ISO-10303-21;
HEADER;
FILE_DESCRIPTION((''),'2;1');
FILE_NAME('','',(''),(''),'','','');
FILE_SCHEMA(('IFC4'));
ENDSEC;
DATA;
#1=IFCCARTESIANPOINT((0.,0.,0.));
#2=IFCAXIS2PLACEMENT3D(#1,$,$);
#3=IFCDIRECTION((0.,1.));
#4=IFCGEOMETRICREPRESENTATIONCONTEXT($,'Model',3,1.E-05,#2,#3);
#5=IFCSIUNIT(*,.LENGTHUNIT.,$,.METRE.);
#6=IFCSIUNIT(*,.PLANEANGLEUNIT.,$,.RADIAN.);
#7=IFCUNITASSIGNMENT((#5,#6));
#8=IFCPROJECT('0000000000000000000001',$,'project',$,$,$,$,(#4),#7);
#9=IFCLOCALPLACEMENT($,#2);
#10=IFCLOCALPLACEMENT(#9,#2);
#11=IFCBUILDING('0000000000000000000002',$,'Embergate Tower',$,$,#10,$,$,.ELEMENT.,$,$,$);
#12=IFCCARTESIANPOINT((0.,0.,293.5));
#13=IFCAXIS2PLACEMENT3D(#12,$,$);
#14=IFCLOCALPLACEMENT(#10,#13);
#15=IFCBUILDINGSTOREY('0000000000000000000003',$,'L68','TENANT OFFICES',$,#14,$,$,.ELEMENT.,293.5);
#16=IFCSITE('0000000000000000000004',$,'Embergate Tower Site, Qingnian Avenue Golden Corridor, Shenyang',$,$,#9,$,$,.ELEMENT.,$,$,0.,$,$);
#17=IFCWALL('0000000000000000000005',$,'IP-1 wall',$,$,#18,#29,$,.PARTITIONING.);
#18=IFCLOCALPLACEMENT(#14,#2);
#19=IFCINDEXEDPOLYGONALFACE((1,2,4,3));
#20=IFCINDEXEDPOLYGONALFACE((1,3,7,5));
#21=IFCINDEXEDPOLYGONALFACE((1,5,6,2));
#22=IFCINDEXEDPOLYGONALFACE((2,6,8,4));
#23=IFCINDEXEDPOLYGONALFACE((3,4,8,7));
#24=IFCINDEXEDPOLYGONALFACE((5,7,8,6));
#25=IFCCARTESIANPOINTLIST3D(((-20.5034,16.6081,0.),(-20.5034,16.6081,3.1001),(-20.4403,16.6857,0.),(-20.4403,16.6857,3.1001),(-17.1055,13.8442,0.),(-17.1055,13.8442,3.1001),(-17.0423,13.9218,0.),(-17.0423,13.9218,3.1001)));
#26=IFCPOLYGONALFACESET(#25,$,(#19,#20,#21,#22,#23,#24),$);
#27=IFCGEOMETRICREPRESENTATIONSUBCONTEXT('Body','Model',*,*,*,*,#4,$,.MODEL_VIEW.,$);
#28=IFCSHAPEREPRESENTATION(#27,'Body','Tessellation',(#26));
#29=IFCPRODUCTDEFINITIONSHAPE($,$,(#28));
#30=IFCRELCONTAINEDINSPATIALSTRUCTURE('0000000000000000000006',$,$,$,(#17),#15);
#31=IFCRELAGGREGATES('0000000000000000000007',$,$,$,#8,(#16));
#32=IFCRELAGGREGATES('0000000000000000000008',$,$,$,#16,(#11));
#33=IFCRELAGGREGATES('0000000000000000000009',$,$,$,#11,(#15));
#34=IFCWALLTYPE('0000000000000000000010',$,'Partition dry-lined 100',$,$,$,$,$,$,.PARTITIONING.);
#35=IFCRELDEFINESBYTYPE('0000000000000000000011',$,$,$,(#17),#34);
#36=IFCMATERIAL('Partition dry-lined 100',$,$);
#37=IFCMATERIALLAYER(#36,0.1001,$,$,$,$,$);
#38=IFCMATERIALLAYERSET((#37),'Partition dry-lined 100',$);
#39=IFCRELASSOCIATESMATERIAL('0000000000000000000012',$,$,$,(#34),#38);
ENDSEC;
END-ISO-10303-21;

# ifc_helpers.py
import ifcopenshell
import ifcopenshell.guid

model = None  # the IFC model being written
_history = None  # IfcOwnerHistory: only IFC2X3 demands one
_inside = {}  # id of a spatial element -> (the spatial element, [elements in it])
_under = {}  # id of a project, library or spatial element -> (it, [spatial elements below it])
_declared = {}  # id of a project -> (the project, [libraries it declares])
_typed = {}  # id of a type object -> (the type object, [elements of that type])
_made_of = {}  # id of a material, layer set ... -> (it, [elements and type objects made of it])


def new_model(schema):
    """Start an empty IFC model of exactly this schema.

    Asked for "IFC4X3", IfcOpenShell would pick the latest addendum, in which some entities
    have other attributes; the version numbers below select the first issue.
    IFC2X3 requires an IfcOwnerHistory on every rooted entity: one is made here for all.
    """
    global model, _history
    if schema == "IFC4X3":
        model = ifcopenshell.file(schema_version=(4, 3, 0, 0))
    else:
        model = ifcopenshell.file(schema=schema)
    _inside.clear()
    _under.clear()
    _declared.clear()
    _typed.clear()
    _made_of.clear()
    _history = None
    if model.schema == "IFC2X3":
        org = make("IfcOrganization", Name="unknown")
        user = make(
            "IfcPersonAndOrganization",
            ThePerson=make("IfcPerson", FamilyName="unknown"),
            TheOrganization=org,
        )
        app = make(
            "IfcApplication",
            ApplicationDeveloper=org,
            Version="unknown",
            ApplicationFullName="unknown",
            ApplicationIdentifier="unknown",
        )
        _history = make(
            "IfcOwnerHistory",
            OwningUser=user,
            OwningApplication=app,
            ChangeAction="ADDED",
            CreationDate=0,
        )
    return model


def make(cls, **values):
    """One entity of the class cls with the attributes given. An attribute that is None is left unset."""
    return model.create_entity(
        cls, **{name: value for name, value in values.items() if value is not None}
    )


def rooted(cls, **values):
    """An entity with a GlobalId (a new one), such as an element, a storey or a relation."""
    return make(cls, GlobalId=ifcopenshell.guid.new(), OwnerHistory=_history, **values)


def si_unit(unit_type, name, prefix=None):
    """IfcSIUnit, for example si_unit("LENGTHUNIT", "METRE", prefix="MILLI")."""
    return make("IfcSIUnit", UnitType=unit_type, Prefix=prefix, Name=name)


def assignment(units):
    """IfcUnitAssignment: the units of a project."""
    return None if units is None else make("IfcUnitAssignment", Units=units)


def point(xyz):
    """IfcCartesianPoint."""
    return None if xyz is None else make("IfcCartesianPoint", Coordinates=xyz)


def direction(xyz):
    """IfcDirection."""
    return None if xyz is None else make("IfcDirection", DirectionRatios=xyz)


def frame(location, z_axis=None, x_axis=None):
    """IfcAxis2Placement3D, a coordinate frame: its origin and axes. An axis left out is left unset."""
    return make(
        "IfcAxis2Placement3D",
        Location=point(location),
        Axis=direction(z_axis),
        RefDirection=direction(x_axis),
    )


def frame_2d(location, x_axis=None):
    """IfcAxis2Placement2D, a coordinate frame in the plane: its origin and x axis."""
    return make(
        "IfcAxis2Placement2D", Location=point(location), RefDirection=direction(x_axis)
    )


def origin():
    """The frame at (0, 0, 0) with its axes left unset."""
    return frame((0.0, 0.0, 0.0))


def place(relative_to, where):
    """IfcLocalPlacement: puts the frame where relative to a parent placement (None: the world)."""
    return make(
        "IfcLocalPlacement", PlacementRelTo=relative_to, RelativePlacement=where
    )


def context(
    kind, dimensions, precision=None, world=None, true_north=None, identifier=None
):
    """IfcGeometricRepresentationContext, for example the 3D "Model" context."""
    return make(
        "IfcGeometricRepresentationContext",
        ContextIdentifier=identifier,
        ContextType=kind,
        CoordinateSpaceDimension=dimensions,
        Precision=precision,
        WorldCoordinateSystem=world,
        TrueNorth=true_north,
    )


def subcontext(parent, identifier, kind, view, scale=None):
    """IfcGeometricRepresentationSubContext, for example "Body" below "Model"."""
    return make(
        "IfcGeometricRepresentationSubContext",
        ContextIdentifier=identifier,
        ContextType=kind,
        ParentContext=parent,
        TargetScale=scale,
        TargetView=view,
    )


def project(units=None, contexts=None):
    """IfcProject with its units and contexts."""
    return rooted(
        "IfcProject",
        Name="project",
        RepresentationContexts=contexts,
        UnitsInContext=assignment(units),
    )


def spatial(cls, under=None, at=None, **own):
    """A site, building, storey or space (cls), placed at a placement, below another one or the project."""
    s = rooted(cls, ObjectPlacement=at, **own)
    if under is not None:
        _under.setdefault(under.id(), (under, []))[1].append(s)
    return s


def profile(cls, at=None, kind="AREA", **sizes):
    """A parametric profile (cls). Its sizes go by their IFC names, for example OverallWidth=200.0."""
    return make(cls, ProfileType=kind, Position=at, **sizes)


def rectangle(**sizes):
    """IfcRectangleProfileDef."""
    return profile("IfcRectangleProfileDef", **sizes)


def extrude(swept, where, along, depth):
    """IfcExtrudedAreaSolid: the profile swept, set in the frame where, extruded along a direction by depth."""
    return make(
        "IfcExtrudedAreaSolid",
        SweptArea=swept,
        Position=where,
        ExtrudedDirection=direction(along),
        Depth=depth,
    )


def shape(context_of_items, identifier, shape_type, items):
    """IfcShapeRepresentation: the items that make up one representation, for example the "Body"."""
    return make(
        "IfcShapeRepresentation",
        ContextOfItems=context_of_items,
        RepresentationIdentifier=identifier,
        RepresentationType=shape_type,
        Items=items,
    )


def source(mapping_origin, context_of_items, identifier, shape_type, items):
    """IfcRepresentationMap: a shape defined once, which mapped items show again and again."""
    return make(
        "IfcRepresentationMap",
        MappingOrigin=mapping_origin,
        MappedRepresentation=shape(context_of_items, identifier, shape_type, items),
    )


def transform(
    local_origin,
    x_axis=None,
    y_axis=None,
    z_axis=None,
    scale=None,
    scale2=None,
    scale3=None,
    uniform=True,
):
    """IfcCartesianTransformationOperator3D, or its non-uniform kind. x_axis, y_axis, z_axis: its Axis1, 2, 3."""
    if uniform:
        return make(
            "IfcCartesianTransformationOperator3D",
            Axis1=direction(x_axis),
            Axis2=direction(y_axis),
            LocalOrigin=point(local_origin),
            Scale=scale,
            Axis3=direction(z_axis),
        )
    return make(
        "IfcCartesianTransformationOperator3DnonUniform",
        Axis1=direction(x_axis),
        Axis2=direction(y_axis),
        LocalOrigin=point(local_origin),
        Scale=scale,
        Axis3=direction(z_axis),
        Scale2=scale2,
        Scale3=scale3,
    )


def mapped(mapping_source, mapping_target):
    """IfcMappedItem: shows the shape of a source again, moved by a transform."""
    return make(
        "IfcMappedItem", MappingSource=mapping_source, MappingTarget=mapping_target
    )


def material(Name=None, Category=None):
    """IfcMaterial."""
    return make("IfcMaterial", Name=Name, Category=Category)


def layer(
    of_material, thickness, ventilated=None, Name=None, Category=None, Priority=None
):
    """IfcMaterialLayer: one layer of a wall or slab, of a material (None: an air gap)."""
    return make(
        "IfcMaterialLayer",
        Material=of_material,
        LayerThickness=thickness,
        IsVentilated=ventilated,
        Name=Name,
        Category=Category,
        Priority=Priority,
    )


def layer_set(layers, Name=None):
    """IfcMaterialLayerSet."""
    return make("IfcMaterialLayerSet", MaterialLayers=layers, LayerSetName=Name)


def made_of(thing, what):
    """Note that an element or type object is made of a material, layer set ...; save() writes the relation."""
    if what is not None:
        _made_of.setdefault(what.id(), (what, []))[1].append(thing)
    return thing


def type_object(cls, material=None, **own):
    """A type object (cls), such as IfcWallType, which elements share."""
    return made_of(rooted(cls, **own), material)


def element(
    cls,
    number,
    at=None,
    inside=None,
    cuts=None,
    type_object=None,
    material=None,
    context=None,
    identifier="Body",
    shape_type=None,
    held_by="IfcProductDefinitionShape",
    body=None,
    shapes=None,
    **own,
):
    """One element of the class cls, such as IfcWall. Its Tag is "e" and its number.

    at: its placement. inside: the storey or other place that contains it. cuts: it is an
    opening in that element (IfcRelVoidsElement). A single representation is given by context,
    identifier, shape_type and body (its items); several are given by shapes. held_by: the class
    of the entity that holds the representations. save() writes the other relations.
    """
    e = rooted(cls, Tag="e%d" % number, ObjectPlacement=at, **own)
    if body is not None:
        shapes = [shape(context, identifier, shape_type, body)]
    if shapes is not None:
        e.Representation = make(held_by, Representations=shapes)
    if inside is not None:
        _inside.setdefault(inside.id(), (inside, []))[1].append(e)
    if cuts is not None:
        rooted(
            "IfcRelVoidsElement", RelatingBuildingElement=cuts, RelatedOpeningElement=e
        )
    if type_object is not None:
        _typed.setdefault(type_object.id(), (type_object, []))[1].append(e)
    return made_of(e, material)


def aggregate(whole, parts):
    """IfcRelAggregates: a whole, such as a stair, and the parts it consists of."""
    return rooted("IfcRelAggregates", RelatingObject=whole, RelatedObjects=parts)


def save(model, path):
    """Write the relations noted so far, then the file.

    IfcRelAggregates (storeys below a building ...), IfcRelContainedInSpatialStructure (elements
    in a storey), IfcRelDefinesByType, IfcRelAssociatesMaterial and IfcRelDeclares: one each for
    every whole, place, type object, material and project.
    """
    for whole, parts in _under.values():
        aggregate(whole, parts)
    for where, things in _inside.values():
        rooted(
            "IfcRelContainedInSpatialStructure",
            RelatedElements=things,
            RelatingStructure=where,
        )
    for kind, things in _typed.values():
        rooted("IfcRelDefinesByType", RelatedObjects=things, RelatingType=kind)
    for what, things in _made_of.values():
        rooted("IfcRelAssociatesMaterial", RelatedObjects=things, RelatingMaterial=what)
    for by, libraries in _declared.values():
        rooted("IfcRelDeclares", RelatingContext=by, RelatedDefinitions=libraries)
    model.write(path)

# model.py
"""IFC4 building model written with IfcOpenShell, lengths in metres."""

from ifc_helpers import new_model, si_unit, direction, frame, frame_2d, origin, place, context, subcontext, project, spatial, rectangle, extrude, source, transform, mapped, material, layer, layer_set, type_object, element, save


model = new_model("IFC4")

# Units and contexts
model_context = context("Model", 3, precision=1e-05, world=origin(), true_north=direction((0.0, 1.0)))
body_context = subcontext(model_context, "Body", "Model", "MODEL_VIEW")
ifc_project = project(units=[si_unit("LENGTHUNIT", "METRE"), si_unit("PLANEANGLEUNIT", "RADIAN")], contexts=[model_context])

# Site, building, storey
site_placement = place(None, origin())
site = spatial("IfcSite", under=ifc_project, at=site_placement, Name="Embergate Tower Site, Qingnian Avenue Golden Corridor, Shenyang", CompositionType="ELEMENT", RefElevation=0.0)
building_placement = place(site_placement, origin())
building = spatial("IfcBuilding", under=site, at=building_placement, Name="Embergate Tower", CompositionType="ELEMENT")
storey_placement = place(building_placement, frame((0.0, 0.0, 293.5)))
storey = spatial("IfcBuildingStorey", under=building, at=storey_placement, Name="L68", Description="TENANT OFFICES", CompositionType="ELEMENT", Elevation=293.5)

# Wall
ifc_material_1 = material(Name="Partition dry-lined 100")
ifc_layer_1 = layer(ifc_material_1, 0.1001)
ifc_layer_set_1 = layer_set([ifc_layer_1], Name="Partition dry-lined 100")
wall_type = type_object("IfcWallType", Name="Partition dry-lined 100", PredefinedType="PARTITIONING", material=ifc_layer_set_1)
shared_shape_1 = source(origin(), body_context, "Body", "SweptSolid", [
    extrude(rectangle(XDim=4.3801, YDim=0.1001, at=frame_2d((2.1899, 0.0))), origin(), (0.0, 0.0, 1.0), 3.1001),
])
wall_placement = place(storey_placement, frame((-17.074, 13.8831, 0.0), z_axis=(0.0, 0.0, 1.0), x_axis=(-0.775769, 0.631016, 0.0)))
element("IfcWall", 1, at=wall_placement, inside=storey, type_object=wall_type, Name="IP-1 wall", PredefinedType="PARTITIONING", context=body_context, shape_type="MappedRepresentation", body=[
    mapped(shared_shape_1, transform((0.0, 0.0, 0.0))),
])

save(model, "model.ifc")
